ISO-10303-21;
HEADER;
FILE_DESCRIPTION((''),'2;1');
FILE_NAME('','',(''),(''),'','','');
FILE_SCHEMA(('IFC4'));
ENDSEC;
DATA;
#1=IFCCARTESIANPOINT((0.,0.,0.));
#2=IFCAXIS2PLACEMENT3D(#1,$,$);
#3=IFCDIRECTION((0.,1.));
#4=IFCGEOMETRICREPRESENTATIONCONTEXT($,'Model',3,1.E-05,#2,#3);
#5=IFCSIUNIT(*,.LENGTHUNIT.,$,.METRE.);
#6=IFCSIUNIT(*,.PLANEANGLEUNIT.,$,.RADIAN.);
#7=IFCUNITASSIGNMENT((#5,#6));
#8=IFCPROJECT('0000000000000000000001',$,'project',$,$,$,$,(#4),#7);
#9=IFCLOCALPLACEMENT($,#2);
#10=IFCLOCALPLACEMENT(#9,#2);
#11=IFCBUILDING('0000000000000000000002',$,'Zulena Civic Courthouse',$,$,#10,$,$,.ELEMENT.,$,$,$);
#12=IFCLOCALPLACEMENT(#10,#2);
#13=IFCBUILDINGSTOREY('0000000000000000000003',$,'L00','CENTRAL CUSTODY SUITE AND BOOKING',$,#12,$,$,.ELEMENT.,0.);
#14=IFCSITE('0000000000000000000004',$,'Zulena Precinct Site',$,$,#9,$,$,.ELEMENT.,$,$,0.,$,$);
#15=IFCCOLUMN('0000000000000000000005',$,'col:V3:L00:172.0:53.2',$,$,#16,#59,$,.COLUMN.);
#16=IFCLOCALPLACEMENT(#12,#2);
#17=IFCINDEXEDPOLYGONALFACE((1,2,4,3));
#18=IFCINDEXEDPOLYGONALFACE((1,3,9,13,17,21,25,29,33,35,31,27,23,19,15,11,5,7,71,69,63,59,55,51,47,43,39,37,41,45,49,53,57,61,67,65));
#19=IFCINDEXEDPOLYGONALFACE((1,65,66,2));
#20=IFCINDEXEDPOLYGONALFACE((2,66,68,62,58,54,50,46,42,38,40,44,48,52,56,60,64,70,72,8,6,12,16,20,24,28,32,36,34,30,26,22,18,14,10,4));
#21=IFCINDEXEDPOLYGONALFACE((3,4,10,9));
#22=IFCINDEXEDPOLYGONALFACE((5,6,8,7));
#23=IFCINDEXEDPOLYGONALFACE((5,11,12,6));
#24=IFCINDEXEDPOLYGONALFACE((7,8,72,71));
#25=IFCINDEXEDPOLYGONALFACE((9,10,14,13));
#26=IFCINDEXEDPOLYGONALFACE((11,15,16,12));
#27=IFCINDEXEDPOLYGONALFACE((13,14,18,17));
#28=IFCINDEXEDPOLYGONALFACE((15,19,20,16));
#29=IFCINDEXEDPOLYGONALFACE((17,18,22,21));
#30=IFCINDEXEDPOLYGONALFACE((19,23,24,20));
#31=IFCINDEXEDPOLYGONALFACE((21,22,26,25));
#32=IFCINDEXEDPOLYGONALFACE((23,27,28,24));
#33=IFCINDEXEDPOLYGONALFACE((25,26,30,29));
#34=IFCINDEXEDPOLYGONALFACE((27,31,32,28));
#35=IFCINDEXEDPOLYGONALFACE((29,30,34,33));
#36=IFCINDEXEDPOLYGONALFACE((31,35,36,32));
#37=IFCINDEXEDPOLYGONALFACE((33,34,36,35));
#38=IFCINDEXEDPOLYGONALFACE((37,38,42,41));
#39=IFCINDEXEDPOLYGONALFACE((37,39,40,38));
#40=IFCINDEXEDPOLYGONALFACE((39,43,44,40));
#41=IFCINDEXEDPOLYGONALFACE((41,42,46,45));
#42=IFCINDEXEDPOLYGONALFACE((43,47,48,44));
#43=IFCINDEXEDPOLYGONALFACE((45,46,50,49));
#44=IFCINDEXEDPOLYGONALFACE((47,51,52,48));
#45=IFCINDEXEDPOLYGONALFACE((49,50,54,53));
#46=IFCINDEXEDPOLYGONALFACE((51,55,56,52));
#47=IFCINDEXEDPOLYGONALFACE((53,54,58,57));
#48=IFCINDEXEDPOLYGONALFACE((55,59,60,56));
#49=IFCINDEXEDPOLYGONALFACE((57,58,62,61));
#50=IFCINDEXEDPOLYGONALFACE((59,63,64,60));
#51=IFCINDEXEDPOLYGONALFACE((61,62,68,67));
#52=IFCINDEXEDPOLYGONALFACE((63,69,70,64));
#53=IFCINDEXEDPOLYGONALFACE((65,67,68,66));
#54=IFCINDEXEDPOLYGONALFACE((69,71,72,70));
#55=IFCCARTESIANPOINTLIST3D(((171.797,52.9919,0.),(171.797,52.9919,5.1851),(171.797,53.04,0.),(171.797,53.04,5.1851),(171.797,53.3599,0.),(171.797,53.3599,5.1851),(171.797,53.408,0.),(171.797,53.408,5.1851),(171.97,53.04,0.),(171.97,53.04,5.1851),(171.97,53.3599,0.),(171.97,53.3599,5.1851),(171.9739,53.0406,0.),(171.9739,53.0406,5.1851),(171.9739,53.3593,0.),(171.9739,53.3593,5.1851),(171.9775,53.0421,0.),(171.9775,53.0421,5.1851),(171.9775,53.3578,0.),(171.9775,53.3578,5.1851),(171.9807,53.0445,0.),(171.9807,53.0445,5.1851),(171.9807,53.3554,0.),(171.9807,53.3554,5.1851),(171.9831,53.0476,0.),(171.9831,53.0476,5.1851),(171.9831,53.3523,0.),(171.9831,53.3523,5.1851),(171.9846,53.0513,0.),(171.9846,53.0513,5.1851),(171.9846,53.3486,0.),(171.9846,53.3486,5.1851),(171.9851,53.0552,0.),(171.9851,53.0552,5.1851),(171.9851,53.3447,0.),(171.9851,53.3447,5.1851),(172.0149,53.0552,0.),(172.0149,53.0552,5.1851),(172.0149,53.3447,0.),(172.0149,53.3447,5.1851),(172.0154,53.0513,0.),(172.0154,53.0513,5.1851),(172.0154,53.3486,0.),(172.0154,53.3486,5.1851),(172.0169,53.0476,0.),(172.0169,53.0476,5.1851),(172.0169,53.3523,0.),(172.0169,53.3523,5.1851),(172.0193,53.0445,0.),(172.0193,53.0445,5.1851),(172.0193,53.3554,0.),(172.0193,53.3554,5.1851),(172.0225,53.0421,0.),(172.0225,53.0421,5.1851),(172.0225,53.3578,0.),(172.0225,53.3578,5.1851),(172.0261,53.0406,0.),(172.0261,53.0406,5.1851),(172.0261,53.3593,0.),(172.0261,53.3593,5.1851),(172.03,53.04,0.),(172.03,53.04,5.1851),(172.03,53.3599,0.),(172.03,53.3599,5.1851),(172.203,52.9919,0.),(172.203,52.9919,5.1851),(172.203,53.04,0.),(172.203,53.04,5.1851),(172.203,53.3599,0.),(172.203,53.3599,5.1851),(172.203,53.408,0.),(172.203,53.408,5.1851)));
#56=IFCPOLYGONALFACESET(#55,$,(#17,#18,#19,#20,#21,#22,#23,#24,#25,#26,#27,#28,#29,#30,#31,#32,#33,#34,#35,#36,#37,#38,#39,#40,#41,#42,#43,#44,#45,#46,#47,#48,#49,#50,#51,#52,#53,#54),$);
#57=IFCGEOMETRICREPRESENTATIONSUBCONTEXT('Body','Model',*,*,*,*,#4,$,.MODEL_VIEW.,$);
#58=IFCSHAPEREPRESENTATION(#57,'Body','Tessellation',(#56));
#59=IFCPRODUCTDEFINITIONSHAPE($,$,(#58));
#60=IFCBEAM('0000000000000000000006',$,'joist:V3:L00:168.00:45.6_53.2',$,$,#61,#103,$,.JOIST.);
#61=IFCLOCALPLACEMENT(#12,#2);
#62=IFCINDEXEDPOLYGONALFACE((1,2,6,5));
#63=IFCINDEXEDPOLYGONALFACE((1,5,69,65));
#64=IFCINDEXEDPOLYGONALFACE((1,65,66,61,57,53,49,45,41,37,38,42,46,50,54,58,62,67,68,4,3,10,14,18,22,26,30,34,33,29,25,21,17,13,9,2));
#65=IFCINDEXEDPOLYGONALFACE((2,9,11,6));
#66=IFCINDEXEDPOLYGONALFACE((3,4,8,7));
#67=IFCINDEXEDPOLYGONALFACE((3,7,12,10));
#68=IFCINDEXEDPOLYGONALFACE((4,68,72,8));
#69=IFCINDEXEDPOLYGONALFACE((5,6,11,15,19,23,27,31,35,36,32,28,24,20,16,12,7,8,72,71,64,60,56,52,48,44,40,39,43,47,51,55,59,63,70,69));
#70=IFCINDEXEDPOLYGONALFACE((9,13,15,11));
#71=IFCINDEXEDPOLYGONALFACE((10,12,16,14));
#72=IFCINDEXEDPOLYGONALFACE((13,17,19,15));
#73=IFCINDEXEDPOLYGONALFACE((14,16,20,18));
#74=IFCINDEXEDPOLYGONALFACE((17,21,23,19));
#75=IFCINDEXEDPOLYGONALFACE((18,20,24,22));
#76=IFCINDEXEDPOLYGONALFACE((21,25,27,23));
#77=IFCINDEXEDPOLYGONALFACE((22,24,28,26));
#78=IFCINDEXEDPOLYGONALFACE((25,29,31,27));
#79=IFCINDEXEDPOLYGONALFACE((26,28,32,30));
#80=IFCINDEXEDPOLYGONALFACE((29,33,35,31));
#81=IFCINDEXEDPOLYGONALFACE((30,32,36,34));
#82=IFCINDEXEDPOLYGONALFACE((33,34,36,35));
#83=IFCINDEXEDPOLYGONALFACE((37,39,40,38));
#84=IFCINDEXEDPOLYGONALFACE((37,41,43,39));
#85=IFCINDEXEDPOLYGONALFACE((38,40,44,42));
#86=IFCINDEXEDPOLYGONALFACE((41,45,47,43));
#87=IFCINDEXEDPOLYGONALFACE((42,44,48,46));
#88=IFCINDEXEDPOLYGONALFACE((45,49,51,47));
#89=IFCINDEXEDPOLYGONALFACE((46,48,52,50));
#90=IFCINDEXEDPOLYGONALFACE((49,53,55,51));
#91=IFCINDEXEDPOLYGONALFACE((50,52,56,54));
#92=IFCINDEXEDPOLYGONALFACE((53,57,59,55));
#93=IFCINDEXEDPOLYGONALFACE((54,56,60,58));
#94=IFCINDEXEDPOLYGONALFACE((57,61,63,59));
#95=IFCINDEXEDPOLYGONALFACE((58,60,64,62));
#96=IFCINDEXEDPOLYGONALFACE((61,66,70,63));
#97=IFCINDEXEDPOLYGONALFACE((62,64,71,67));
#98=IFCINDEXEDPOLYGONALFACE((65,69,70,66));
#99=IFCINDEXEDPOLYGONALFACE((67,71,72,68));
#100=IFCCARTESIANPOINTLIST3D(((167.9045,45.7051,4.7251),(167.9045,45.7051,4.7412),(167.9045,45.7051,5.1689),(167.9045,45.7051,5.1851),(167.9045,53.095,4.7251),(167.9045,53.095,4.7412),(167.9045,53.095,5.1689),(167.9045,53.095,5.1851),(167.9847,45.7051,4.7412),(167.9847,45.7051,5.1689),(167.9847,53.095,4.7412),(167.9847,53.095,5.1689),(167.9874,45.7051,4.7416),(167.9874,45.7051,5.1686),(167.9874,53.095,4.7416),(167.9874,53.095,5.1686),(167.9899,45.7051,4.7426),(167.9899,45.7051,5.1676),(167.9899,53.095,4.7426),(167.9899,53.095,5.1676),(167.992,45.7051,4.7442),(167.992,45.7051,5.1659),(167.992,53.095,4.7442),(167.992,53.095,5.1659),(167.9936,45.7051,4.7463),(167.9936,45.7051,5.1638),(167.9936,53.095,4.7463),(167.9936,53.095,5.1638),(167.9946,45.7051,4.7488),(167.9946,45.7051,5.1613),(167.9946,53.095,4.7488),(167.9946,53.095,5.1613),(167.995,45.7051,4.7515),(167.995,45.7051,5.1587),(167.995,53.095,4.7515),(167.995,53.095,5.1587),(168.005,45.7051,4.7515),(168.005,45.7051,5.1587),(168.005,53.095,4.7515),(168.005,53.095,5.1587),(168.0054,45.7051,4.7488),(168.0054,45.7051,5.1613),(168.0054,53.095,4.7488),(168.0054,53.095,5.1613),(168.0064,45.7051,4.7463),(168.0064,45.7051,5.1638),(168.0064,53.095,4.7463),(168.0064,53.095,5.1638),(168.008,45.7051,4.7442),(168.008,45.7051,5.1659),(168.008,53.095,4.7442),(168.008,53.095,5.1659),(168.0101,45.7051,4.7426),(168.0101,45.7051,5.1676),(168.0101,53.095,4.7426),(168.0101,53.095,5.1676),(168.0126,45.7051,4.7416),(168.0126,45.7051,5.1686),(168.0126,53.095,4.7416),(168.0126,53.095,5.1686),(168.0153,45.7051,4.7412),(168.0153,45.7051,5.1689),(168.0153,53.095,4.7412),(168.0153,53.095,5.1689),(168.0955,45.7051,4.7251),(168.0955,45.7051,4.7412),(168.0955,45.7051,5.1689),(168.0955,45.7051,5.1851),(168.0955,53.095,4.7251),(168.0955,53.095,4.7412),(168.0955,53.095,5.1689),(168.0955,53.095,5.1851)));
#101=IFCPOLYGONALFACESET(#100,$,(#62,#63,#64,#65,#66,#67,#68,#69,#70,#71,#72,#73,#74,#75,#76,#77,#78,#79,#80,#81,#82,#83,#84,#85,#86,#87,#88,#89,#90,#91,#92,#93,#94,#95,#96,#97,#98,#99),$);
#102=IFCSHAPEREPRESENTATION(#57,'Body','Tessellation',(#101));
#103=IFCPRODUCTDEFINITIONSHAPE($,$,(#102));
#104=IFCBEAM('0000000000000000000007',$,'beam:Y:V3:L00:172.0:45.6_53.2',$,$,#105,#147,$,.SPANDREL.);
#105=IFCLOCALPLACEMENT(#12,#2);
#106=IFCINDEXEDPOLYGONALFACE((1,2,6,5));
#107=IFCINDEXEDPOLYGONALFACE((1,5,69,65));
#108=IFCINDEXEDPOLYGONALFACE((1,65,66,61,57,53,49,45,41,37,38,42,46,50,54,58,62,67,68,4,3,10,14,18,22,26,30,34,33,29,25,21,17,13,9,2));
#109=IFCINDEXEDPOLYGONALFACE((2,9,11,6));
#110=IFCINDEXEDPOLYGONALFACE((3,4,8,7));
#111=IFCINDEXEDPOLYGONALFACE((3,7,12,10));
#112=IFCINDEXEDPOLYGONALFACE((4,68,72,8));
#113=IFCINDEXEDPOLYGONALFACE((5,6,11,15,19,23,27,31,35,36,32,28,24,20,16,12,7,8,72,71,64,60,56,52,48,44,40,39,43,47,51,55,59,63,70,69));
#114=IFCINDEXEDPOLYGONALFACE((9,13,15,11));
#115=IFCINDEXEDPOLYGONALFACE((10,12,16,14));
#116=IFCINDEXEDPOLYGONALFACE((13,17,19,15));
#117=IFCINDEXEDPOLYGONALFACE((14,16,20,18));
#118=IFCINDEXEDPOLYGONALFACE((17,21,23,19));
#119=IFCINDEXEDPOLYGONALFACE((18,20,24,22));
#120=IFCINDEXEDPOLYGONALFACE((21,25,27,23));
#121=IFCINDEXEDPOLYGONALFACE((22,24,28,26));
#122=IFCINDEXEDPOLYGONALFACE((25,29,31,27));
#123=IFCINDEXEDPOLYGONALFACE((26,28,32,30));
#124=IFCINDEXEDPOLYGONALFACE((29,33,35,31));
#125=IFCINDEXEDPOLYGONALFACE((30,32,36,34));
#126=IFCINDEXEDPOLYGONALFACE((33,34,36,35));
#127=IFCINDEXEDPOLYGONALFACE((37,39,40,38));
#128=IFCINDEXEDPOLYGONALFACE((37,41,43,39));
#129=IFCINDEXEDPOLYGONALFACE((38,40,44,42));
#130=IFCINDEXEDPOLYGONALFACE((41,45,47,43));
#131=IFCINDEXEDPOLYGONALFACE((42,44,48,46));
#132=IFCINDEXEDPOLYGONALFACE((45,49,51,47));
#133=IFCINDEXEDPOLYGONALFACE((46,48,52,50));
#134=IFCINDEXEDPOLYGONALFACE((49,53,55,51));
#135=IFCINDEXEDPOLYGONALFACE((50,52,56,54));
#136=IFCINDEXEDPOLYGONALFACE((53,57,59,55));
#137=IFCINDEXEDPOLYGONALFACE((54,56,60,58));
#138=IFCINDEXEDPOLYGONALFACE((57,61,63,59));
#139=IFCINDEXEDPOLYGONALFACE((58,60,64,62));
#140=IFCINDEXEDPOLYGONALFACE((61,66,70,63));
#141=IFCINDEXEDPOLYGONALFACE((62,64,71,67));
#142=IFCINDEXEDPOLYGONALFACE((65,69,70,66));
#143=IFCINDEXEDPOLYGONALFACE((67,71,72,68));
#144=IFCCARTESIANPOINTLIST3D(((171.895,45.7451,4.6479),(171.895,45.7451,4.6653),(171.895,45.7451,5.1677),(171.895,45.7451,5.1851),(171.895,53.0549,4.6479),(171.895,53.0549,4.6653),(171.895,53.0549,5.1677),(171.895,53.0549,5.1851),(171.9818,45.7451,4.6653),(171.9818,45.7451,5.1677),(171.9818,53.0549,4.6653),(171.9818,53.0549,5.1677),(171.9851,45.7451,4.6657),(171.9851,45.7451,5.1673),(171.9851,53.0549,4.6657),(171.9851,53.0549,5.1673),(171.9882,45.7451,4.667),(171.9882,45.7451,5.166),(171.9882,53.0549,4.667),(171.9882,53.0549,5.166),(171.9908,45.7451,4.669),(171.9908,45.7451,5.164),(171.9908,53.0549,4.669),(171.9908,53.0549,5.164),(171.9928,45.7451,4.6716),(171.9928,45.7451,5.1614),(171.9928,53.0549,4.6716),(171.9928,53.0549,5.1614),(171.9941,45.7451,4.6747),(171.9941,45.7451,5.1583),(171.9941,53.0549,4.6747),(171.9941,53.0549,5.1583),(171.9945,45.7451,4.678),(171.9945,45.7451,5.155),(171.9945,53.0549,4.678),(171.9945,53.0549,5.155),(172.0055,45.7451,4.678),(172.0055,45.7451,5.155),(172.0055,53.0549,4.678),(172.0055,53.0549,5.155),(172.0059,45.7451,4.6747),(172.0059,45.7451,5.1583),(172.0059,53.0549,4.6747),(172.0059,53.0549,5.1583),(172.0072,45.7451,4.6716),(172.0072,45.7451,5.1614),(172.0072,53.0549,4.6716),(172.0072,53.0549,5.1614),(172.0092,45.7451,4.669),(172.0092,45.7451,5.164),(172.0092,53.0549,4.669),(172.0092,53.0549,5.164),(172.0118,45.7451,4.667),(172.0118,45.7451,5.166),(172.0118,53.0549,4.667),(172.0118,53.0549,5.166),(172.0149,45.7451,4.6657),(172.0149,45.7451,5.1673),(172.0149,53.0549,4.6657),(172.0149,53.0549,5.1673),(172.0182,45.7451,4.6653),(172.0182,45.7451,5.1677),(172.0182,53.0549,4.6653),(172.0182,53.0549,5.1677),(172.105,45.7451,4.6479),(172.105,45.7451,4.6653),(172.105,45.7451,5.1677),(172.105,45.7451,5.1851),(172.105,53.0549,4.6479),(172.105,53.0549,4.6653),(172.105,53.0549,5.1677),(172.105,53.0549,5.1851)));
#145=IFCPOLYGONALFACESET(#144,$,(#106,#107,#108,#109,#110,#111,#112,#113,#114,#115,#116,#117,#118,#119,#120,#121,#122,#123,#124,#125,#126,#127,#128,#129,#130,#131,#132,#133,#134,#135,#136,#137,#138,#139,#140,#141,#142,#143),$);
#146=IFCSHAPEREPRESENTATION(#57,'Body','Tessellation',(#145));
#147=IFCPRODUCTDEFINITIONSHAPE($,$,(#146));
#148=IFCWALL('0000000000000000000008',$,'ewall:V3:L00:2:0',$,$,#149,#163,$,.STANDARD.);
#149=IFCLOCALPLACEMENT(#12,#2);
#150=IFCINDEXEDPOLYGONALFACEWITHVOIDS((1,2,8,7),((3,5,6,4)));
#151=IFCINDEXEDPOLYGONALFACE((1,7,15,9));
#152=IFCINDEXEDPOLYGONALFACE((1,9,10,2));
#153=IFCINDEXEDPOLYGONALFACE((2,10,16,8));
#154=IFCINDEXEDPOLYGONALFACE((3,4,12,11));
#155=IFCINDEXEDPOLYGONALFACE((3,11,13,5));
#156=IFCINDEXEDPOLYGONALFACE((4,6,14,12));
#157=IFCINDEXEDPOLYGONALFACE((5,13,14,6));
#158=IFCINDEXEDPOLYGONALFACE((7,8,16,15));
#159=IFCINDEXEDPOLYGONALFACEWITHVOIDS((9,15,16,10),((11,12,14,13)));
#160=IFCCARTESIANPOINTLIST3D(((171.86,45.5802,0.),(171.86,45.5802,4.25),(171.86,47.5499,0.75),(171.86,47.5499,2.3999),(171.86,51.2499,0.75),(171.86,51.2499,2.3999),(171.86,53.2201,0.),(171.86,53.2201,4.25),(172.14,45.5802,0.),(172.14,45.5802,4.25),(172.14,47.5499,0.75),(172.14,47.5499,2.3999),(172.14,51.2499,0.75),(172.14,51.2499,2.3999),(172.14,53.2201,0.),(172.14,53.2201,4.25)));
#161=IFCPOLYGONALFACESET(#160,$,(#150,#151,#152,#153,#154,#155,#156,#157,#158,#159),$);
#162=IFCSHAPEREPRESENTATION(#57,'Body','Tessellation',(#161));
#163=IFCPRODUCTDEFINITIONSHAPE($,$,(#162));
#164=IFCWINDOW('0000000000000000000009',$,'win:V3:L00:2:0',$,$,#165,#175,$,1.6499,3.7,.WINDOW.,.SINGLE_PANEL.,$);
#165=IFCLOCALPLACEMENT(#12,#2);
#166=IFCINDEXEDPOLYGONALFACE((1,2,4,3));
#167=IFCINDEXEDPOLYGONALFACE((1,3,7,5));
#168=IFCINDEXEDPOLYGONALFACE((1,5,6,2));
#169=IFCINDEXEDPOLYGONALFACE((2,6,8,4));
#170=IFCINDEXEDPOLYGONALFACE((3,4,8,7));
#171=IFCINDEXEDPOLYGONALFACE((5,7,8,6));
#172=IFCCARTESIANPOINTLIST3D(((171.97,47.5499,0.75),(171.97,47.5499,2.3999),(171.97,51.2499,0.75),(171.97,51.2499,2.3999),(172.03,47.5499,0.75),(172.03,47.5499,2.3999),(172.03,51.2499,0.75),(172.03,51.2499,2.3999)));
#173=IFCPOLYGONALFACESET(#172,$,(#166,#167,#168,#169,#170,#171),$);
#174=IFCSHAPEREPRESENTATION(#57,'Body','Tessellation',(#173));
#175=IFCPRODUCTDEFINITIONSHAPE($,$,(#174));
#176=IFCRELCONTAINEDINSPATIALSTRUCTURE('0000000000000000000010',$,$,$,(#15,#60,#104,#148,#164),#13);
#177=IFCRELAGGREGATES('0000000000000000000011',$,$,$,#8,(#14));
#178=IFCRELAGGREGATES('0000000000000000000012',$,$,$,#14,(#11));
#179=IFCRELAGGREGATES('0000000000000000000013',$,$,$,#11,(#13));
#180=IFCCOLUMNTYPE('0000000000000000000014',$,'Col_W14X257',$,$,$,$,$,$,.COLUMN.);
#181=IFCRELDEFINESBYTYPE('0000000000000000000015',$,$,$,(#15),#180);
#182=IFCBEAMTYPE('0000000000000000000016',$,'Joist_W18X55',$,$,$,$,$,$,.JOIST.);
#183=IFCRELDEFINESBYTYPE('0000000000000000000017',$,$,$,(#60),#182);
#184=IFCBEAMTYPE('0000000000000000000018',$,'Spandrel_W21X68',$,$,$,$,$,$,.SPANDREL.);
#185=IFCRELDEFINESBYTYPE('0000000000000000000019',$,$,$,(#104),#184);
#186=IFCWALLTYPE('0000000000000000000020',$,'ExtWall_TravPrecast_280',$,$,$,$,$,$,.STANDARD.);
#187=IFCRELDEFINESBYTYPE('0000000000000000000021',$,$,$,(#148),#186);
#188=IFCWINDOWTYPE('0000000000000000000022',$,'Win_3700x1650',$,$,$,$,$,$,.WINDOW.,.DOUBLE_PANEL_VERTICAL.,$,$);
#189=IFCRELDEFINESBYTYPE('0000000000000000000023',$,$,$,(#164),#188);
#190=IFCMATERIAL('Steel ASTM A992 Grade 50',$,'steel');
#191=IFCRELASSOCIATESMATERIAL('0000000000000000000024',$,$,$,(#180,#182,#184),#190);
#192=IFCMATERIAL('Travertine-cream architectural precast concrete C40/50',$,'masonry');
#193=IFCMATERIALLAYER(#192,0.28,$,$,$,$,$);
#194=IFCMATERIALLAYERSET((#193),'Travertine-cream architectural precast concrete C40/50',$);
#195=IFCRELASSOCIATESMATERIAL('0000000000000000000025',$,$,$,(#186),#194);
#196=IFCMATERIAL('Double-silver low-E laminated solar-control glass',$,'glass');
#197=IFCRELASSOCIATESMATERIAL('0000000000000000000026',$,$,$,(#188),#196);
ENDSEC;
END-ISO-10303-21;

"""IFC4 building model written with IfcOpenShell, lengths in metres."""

from ifc_helpers import new_model, si_unit, direction, frame, frame_2d, origin, origin_2d, place, context, subcontext, project, spatial, rectangle, i_section, extrude, material, layer, layer_set, material_profile, profile_set, type_object, element, fill, save


model = new_model("IFC4")

# Units and contexts
model_context = context("Model", 3, precision=1e-05, world=origin(), true_north=direction((0.0, 1.0)))
body_context = subcontext(model_context, "Body", "Model", "MODEL_VIEW")
ifc_project = project(units=[si_unit("LENGTHUNIT", "METRE"), si_unit("PLANEANGLEUNIT", "RADIAN")], contexts=[model_context])

# Site, building, storey
site_placement = place(None, origin())
site = spatial("IfcSite", under=ifc_project, at=site_placement, Name="Zulena Precinct Site", CompositionType="ELEMENT", RefElevation=0.0)
building_placement = place(site_placement, origin())
building = spatial("IfcBuilding", under=site, at=building_placement, Name="Zulena Civic Courthouse", CompositionType="ELEMENT")
storey_placement = place(building_placement, origin())
storey = spatial("IfcBuildingStorey", under=building, at=storey_placement, Name="L00", Description="CENTRAL CUSTODY SUITE AND BOOKING", CompositionType="ELEMENT", Elevation=0.0)

# Column
ifc_material_1 = material(Name="Steel ASTM A992 Grade 50", Category="steel")
ifc_material_profile_1 = material_profile(ifc_material_1, i_section(OverallWidth=0.406, OverallDepth=0.416, WebThickness=0.0298, FlangeThickness=0.0481, FilletRadius=0.0151, at=origin_2d()), Name="W14X257")
ifc_profile_set_1 = profile_set([ifc_material_profile_1], Name="Steel ASTM A992 Grade 50")
column_type_1 = type_object("IfcColumnType", Name="Col_W14X257", PredefinedType="COLUMN", material=ifc_profile_set_1)
column_1_placement = place(storey_placement, frame((172.0, 53.2, 0.0), z_axis=(0.0, 0.0, 1.0), x_axis=(1.0, 0.0, 0.0)))
element("IfcColumn", 1, at=column_1_placement, inside=storey, type_object=column_type_1, Name="col:V3:L00:172.0:53.2", PredefinedType="COLUMN", context=body_context, shape_type="SweptSolid", body=[
    extrude(i_section(OverallWidth=0.406, OverallDepth=0.416, WebThickness=0.0298, FlangeThickness=0.0481, FilletRadius=0.0151, at=origin_2d()), origin(), (0.0, 0.0, 1.0), 5.1851),
])

# Beams
ifc_material_profile_2 = material_profile(ifc_material_1, i_section(OverallWidth=0.1909, OverallDepth=0.46, WebThickness=0.01, FlangeThickness=0.0161, FilletRadius=0.0103, at=origin_2d()), Name="W18X55")
ifc_profile_set_2 = profile_set([ifc_material_profile_2], Name="Steel ASTM A992 Grade 50")
beam_type_1 = type_object("IfcBeamType", Name="Joist_W18X55", PredefinedType="JOIST", material=ifc_profile_set_2)
beam_1_placement = place(storey_placement, frame((168.0, 45.7051, 4.9551), z_axis=(0.0, 1.0, 0.0), x_axis=(-1.0, 0.0, 0.0)))
element("IfcBeam", 2, at=beam_1_placement, inside=storey, type_object=beam_type_1, Name="joist:V3:L00:168.00:45.6_53.2", PredefinedType="JOIST", context=body_context, shape_type="SweptSolid", body=[
    extrude(i_section(OverallWidth=0.1909, OverallDepth=0.46, WebThickness=0.01, FlangeThickness=0.0161, FilletRadius=0.0103, at=origin_2d()), origin(), (0.0, 0.0, 1.0), 7.3899),
])
ifc_material_profile_3 = material_profile(ifc_material_1, i_section(OverallWidth=0.21, OverallDepth=0.5371, WebThickness=0.011, FlangeThickness=0.0173, FilletRadius=0.0127, at=origin_2d()), Name="W21X68")
ifc_profile_set_3 = profile_set([ifc_material_profile_3], Name="Steel ASTM A992 Grade 50")
beam_type_2 = type_object("IfcBeamType", Name="Spandrel_W21X68", PredefinedType="SPANDREL", material=ifc_profile_set_3)
beam_2_placement = place(storey_placement, frame((172.0, 45.7451, 4.9165), z_axis=(0.0, 1.0, 0.0), x_axis=(-1.0, 0.0, 0.0)))
element("IfcBeam", 3, at=beam_2_placement, inside=storey, type_object=beam_type_2, Name="beam:Y:V3:L00:172.0:45.6_53.2", PredefinedType="SPANDREL", context=body_context, shape_type="SweptSolid", body=[
    extrude(i_section(OverallWidth=0.21, OverallDepth=0.5371, WebThickness=0.011, FlangeThickness=0.0173, FilletRadius=0.0127, at=origin_2d()), origin(), (0.0, 0.0, 1.0), 7.3098),
])

# Wall, opening, window
ifc_material_2 = material(Name="Travertine-cream architectural precast concrete C40/50", Category="masonry")
ifc_layer_1 = layer(ifc_material_2, 0.28)
ifc_layer_set_1 = layer_set([ifc_layer_1], Name="Travertine-cream architectural precast concrete C40/50")
wall_type = type_object("IfcWallType", Name="ExtWall_TravPrecast_280", PredefinedType="STANDARD", material=ifc_layer_set_1)
wall_1_placement = place(storey_placement, frame((172.0, 53.22, 0.0), z_axis=(0.0, 0.0, 1.0), x_axis=(0.0, -1.0, 0.0)))
wall_1 = element("IfcWall", 4, at=wall_1_placement, inside=storey, type_object=wall_type, Name="ewall:V3:L00:2:0", PredefinedType="STANDARD", context=body_context, shape_type="SweptSolid", body=[
    extrude(rectangle(XDim=7.6399, YDim=0.28, at=frame_2d((3.8198, 0.0))), origin(), (0.0, 0.0, 1.0), 4.25),
])
opening_1_placement = place(wall_1_placement, frame((1.97, 0.0, 0.75)))
opening_1 = element("IfcOpeningElement", 5, at=opening_1_placement, cuts=wall_1, PredefinedType="OPENING", context=body_context, shape_type="SweptSolid", body=[
    extrude(rectangle(XDim=3.7, YDim=1.6499, at=frame_2d((1.8501, 0.825))), frame((0.0, 0.1499, 0.0), z_axis=(0.0, -1.0, 0.0), x_axis=(1.0, 0.0, 0.0)), (0.0, 0.0, 1.0), 0.3),
])
ifc_material_3 = material(Name="Double-silver low-E laminated solar-control glass", Category="glass")
window_type_1 = type_object("IfcWindowType", Name="Win_3700x1650", PartitioningType="DOUBLE_PANEL_VERTICAL", PredefinedType="WINDOW", material=ifc_material_3)
window_1_placement = place(opening_1_placement, origin())
window_1 = element("IfcWindow", 6, at=window_1_placement, inside=storey, type_object=window_type_1, Name="win:V3:L00:2:0", OverallHeight=1.6499, OverallWidth=3.7, PartitioningType="SINGLE_PANEL", PredefinedType="WINDOW", context=body_context, shape_type="SweptSolid", body=[
    extrude(rectangle(XDim=3.7, YDim=1.6499, at=frame_2d((1.8501, 0.825))), frame((0.0, 0.03, 0.0), z_axis=(0.0, -1.0, 0.0), x_axis=(1.0, 0.0, 0.0)), (0.0, 0.0, 1.0), 0.0601),
])
fill(opening_1, window_1)

save(model, "model.ifc")
